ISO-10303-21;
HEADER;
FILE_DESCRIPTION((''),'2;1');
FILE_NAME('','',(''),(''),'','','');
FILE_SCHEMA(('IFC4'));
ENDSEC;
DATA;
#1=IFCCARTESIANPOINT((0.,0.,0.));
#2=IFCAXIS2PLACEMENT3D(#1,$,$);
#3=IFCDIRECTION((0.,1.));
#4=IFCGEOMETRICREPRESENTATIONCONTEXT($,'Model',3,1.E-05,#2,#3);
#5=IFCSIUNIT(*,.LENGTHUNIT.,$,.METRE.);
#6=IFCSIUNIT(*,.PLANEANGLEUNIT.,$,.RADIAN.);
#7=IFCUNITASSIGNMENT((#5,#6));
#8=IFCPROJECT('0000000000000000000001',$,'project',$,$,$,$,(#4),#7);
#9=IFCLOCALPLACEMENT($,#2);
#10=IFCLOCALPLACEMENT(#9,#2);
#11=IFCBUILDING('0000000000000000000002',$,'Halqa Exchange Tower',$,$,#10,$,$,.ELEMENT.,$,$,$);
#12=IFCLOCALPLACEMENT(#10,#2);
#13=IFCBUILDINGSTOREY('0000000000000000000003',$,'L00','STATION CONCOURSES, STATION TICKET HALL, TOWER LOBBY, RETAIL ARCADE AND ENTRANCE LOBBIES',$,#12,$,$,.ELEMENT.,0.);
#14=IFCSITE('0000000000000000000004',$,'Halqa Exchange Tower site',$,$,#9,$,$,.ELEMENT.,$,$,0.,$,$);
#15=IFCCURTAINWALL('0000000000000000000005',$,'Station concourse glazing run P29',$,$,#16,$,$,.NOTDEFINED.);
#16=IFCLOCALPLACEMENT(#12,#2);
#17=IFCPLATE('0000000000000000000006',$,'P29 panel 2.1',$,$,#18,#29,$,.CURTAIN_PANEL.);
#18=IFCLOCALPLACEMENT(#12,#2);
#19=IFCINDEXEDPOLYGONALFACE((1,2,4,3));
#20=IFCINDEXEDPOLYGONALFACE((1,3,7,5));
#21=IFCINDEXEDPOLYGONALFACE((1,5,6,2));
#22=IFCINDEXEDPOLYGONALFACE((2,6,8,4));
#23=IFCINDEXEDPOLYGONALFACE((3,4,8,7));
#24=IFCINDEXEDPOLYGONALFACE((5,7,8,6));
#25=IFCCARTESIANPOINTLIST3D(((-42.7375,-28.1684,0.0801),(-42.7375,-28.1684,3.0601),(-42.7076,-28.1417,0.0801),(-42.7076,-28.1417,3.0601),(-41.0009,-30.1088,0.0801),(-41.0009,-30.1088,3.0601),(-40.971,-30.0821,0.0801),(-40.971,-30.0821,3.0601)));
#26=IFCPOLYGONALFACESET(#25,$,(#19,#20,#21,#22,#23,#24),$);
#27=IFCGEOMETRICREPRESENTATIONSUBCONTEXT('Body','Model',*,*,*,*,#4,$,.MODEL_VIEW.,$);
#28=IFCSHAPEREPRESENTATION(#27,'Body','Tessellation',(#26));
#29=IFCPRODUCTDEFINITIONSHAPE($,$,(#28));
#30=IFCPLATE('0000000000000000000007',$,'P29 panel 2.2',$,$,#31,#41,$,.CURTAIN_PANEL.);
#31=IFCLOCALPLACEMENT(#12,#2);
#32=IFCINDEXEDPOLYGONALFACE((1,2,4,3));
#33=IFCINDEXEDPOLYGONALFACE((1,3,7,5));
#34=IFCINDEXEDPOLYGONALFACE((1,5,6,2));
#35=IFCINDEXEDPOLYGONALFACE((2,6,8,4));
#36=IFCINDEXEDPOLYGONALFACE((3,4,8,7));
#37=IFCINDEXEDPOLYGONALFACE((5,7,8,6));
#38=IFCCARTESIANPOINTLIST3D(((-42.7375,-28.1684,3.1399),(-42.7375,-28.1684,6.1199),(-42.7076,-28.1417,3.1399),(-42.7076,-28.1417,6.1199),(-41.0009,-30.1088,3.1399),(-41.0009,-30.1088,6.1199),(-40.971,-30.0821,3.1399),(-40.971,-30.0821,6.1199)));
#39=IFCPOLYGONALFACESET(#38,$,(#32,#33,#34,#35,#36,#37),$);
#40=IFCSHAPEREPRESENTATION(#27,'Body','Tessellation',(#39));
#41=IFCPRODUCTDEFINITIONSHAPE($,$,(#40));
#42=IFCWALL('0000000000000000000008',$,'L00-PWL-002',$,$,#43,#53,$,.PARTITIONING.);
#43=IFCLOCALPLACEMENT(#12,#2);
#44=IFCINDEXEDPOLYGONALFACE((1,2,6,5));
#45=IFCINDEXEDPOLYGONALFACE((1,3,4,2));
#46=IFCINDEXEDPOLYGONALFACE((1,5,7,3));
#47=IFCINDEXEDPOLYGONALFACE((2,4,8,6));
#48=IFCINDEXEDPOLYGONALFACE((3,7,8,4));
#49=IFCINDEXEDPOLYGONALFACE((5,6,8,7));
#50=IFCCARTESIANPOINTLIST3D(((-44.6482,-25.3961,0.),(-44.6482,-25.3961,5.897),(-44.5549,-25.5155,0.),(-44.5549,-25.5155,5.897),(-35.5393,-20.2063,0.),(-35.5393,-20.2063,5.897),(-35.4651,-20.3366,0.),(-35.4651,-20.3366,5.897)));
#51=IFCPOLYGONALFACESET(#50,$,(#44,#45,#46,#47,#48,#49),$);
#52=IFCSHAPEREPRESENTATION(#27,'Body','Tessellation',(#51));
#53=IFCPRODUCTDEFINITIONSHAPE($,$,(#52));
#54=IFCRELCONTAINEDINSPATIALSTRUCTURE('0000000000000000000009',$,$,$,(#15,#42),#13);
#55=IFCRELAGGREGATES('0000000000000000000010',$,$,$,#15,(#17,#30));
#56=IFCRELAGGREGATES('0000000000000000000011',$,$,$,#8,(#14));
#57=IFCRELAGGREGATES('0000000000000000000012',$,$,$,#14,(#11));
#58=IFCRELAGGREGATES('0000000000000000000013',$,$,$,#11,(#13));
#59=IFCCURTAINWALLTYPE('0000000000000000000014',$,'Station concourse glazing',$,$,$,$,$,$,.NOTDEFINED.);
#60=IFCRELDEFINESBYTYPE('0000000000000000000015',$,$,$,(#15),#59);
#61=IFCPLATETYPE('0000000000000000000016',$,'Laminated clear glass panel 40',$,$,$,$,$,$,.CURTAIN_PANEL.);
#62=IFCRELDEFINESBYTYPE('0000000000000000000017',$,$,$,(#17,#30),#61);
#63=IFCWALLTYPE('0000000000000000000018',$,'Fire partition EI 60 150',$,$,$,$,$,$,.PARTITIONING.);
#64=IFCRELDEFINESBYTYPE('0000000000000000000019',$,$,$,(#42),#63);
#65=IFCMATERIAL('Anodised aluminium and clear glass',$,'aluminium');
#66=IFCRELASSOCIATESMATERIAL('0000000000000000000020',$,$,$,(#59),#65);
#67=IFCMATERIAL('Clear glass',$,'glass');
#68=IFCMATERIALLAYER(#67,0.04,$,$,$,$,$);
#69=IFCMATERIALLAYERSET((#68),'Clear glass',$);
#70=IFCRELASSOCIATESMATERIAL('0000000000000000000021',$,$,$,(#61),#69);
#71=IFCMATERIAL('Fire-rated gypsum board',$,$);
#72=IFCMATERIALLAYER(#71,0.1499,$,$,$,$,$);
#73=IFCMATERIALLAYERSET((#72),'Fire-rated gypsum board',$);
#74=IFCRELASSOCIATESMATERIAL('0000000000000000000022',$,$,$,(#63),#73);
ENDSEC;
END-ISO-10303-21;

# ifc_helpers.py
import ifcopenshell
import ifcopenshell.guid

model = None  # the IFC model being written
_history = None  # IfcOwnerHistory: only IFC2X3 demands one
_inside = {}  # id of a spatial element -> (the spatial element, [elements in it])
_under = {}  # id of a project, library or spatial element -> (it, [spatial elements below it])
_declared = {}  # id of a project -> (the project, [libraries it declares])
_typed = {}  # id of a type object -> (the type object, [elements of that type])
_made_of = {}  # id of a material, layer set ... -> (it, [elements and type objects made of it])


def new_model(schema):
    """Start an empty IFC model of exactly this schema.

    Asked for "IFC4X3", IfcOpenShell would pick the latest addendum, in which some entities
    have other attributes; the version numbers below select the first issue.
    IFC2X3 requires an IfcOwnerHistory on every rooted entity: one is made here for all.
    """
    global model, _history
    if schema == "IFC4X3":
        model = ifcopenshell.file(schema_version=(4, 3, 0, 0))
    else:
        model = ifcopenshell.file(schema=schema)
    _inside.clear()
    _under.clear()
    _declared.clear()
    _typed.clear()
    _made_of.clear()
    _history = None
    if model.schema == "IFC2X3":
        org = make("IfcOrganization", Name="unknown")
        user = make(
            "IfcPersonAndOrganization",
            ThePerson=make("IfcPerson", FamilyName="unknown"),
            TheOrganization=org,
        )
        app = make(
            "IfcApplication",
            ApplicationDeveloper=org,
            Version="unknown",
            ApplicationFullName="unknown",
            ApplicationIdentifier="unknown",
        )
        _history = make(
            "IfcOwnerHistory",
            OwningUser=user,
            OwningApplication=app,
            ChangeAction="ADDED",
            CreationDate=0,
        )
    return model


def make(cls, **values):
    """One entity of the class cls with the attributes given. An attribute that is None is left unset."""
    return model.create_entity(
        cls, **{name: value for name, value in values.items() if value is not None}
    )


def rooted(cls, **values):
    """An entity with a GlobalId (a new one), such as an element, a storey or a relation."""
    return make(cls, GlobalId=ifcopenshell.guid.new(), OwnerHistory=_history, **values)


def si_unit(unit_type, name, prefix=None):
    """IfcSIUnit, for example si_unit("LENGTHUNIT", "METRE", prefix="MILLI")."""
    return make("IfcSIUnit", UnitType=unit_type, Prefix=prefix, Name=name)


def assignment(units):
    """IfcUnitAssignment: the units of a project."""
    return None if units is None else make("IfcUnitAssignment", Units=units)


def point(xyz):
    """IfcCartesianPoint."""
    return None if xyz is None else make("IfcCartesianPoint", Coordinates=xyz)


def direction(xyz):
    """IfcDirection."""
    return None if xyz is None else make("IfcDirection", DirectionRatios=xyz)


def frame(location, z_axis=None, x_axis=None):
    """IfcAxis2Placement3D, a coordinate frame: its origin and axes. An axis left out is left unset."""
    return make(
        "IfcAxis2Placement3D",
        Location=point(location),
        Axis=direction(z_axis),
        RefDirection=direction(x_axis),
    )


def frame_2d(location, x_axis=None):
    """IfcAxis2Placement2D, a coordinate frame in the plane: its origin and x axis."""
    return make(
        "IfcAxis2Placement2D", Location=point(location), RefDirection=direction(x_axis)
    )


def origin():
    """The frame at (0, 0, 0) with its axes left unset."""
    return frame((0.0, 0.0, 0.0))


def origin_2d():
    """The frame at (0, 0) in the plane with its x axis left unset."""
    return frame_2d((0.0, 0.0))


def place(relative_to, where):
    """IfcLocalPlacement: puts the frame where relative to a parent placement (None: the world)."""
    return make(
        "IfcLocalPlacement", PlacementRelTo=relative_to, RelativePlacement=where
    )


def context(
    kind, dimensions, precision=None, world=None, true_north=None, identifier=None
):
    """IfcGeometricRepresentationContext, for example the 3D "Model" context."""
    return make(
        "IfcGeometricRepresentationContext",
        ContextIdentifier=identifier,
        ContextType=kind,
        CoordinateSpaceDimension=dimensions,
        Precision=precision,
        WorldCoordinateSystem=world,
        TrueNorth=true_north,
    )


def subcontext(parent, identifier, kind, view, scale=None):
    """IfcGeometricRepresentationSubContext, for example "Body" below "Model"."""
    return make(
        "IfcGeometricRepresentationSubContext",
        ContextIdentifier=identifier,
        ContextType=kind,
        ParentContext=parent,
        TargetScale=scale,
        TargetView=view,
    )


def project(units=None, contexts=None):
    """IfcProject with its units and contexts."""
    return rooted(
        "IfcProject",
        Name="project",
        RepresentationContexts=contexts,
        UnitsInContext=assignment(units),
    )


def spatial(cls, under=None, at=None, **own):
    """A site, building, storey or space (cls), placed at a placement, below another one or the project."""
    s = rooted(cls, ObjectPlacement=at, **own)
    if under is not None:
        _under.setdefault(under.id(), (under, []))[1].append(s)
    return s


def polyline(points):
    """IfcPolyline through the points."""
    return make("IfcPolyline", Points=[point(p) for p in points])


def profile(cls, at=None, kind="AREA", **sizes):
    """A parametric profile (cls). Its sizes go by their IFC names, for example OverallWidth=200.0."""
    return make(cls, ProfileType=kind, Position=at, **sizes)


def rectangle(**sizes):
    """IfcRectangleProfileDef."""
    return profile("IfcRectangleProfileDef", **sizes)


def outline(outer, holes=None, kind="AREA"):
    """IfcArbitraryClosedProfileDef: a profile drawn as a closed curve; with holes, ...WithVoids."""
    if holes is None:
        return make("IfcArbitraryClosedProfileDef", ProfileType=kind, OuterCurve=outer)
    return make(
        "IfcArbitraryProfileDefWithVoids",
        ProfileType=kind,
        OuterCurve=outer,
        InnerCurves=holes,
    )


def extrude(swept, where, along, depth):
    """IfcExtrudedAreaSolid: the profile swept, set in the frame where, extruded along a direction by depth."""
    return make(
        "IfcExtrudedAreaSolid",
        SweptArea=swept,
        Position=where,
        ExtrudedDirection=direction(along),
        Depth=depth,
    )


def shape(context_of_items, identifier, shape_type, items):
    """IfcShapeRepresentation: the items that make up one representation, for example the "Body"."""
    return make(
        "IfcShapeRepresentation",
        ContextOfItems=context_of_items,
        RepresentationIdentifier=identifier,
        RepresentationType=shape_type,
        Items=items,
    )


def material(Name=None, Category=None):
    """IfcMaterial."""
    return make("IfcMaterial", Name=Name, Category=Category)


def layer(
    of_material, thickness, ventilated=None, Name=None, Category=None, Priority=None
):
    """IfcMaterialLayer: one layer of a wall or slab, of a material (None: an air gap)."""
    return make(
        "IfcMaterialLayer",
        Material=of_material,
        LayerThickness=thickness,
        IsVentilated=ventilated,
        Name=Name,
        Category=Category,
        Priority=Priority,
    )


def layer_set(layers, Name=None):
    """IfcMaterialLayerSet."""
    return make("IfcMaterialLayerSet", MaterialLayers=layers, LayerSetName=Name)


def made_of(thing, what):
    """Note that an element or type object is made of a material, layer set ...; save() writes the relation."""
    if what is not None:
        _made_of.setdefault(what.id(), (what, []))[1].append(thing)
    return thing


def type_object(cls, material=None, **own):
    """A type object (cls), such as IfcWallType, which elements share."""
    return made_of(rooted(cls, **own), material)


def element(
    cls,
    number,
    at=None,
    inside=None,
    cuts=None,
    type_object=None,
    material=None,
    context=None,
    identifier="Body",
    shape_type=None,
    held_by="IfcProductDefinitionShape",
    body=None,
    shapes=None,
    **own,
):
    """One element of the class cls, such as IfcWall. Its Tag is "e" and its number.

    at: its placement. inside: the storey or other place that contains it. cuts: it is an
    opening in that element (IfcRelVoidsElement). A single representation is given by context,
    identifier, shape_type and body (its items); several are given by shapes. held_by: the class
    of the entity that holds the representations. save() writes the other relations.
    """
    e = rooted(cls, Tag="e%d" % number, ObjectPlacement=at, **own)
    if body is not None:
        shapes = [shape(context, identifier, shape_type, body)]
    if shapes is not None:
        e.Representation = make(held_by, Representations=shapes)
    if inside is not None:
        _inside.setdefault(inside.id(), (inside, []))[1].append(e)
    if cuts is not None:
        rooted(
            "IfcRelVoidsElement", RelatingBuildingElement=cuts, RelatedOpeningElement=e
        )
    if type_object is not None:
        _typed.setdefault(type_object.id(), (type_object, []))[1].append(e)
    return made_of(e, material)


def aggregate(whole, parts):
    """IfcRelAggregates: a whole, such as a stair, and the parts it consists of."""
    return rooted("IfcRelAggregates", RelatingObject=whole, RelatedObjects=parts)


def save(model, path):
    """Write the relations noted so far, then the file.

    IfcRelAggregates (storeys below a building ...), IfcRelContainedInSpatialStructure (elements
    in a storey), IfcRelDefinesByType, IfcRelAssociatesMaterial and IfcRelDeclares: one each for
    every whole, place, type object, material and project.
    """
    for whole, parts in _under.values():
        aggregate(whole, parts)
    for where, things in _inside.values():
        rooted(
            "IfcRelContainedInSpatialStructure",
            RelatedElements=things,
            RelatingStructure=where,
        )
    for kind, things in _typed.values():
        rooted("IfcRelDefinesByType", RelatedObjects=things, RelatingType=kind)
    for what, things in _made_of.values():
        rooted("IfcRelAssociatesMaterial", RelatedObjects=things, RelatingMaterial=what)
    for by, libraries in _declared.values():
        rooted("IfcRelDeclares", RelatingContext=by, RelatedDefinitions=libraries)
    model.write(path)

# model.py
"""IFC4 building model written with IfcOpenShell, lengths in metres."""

from ifc_helpers import new_model, si_unit, direction, frame, origin, origin_2d, place, context, subcontext, project, spatial, polyline, rectangle, outline, extrude, material, layer, layer_set, type_object, element, aggregate, save


model = new_model("IFC4")

# Units and contexts
model_context = context("Model", 3, precision=1e-05, world=origin(), true_north=direction((0.0, 1.0)))
body_context = subcontext(model_context, "Body", "Model", "MODEL_VIEW")
ifc_project = project(units=[si_unit("LENGTHUNIT", "METRE"), si_unit("PLANEANGLEUNIT", "RADIAN")], contexts=[model_context])

# Site, building, storey
site_placement = place(None, origin())
site = spatial("IfcSite", under=ifc_project, at=site_placement, Name="Halqa Exchange Tower site", CompositionType="ELEMENT", RefElevation=0.0)
building_placement = place(site_placement, origin())
building = spatial("IfcBuilding", under=site, at=building_placement, Name="Halqa Exchange Tower", CompositionType="ELEMENT")
storey_placement = place(building_placement, origin())
storey = spatial("IfcBuildingStorey", under=building, at=storey_placement, Name="L00", Description="STATION CONCOURSES, STATION TICKET HALL, TOWER LOBBY, RETAIL ARCADE AND ENTRANCE LOBBIES", CompositionType="ELEMENT", Elevation=0.0)

# Curtain wall
ifc_material_1 = material(Name="Anodised aluminium and clear glass", Category="aluminium")
curtain_wall_type = type_object("IfcCurtainWallType", Name="Station concourse glazing", PredefinedType="NOTDEFINED", material=ifc_material_1)
curtain_wall_1_placement = place(storey_placement, origin())
curtain_wall_1 = element("IfcCurtainWall", 1, at=curtain_wall_1_placement, inside=storey, type_object=curtain_wall_type, Name="Station concourse glazing run P29", PredefinedType="NOTDEFINED")

# Plates
ifc_material_2 = material(Name="Clear glass", Category="glass")
ifc_layer_1 = layer(ifc_material_2, 0.04)
ifc_layer_set_1 = layer_set([ifc_layer_1], Name="Clear glass")
plate_type = type_object("IfcPlateType", Name="Laminated clear glass panel 40", PredefinedType="CURTAIN_PANEL", material=ifc_layer_set_1)
plate_1_placement = place(storey_placement, frame((-41.8542, -29.1252, 0.0801), z_axis=(0.0, 0.0, 1.0), x_axis=(0.666899, -0.745148, 0.0)))
plate_1 = element("IfcPlate", 2, at=plate_1_placement, type_object=plate_type, Name="P29 panel 2.1", PredefinedType="CURTAIN_PANEL", context=body_context, shape_type="SweptSolid", body=[
    extrude(rectangle(XDim=2.604, YDim=0.04, at=origin_2d()), origin(), (0.0, 0.0, 1.0), 2.98),
])
plate_2_placement = place(storey_placement, frame((-41.8542, -29.1252, 3.1399), z_axis=(0.0, 0.0, 1.0), x_axis=(0.666899, -0.745148, 0.0)))
plate_2 = element("IfcPlate", 3, at=plate_2_placement, type_object=plate_type, Name="P29 panel 2.2", PredefinedType="CURTAIN_PANEL", context=body_context, shape_type="SweptSolid", body=[
    extrude(rectangle(XDim=2.604, YDim=0.04, at=origin_2d()), origin(), (0.0, 0.0, 1.0), 2.98),
])
aggregate(curtain_wall_1, [plate_1, plate_2])

# Wall
ifc_material_3 = material(Name="Fire-rated gypsum board")
ifc_layer_2 = layer(ifc_material_3, 0.1499)
ifc_layer_set_2 = layer_set([ifc_layer_2], Name="Fire-rated gypsum board")
wall_type = type_object("IfcWallType", Name="Fire partition EI 60 150", PredefinedType="PARTITIONING", material=ifc_layer_set_2)
wall_placement = place(storey_placement, frame((-44.6016, -25.4558, 0.0), z_axis=(0.0, 0.0, 1.0), x_axis=(0.868872, 0.495036, 0.0)))
element("IfcWall", 4, at=wall_placement, inside=storey, type_object=wall_type, Name="L00-PWL-002", PredefinedType="PARTITIONING", context=body_context, shape_type="SweptSolid", body=[
    extrude(outline(polyline([(0.011, -0.075), (10.4727, -0.075), (10.4727, 0.075), (-0.011, 0.075), (0.011, -0.075)])), origin(), (0.0, 0.0, 1.0), 5.897),
])

save(model, "model.ifc")
